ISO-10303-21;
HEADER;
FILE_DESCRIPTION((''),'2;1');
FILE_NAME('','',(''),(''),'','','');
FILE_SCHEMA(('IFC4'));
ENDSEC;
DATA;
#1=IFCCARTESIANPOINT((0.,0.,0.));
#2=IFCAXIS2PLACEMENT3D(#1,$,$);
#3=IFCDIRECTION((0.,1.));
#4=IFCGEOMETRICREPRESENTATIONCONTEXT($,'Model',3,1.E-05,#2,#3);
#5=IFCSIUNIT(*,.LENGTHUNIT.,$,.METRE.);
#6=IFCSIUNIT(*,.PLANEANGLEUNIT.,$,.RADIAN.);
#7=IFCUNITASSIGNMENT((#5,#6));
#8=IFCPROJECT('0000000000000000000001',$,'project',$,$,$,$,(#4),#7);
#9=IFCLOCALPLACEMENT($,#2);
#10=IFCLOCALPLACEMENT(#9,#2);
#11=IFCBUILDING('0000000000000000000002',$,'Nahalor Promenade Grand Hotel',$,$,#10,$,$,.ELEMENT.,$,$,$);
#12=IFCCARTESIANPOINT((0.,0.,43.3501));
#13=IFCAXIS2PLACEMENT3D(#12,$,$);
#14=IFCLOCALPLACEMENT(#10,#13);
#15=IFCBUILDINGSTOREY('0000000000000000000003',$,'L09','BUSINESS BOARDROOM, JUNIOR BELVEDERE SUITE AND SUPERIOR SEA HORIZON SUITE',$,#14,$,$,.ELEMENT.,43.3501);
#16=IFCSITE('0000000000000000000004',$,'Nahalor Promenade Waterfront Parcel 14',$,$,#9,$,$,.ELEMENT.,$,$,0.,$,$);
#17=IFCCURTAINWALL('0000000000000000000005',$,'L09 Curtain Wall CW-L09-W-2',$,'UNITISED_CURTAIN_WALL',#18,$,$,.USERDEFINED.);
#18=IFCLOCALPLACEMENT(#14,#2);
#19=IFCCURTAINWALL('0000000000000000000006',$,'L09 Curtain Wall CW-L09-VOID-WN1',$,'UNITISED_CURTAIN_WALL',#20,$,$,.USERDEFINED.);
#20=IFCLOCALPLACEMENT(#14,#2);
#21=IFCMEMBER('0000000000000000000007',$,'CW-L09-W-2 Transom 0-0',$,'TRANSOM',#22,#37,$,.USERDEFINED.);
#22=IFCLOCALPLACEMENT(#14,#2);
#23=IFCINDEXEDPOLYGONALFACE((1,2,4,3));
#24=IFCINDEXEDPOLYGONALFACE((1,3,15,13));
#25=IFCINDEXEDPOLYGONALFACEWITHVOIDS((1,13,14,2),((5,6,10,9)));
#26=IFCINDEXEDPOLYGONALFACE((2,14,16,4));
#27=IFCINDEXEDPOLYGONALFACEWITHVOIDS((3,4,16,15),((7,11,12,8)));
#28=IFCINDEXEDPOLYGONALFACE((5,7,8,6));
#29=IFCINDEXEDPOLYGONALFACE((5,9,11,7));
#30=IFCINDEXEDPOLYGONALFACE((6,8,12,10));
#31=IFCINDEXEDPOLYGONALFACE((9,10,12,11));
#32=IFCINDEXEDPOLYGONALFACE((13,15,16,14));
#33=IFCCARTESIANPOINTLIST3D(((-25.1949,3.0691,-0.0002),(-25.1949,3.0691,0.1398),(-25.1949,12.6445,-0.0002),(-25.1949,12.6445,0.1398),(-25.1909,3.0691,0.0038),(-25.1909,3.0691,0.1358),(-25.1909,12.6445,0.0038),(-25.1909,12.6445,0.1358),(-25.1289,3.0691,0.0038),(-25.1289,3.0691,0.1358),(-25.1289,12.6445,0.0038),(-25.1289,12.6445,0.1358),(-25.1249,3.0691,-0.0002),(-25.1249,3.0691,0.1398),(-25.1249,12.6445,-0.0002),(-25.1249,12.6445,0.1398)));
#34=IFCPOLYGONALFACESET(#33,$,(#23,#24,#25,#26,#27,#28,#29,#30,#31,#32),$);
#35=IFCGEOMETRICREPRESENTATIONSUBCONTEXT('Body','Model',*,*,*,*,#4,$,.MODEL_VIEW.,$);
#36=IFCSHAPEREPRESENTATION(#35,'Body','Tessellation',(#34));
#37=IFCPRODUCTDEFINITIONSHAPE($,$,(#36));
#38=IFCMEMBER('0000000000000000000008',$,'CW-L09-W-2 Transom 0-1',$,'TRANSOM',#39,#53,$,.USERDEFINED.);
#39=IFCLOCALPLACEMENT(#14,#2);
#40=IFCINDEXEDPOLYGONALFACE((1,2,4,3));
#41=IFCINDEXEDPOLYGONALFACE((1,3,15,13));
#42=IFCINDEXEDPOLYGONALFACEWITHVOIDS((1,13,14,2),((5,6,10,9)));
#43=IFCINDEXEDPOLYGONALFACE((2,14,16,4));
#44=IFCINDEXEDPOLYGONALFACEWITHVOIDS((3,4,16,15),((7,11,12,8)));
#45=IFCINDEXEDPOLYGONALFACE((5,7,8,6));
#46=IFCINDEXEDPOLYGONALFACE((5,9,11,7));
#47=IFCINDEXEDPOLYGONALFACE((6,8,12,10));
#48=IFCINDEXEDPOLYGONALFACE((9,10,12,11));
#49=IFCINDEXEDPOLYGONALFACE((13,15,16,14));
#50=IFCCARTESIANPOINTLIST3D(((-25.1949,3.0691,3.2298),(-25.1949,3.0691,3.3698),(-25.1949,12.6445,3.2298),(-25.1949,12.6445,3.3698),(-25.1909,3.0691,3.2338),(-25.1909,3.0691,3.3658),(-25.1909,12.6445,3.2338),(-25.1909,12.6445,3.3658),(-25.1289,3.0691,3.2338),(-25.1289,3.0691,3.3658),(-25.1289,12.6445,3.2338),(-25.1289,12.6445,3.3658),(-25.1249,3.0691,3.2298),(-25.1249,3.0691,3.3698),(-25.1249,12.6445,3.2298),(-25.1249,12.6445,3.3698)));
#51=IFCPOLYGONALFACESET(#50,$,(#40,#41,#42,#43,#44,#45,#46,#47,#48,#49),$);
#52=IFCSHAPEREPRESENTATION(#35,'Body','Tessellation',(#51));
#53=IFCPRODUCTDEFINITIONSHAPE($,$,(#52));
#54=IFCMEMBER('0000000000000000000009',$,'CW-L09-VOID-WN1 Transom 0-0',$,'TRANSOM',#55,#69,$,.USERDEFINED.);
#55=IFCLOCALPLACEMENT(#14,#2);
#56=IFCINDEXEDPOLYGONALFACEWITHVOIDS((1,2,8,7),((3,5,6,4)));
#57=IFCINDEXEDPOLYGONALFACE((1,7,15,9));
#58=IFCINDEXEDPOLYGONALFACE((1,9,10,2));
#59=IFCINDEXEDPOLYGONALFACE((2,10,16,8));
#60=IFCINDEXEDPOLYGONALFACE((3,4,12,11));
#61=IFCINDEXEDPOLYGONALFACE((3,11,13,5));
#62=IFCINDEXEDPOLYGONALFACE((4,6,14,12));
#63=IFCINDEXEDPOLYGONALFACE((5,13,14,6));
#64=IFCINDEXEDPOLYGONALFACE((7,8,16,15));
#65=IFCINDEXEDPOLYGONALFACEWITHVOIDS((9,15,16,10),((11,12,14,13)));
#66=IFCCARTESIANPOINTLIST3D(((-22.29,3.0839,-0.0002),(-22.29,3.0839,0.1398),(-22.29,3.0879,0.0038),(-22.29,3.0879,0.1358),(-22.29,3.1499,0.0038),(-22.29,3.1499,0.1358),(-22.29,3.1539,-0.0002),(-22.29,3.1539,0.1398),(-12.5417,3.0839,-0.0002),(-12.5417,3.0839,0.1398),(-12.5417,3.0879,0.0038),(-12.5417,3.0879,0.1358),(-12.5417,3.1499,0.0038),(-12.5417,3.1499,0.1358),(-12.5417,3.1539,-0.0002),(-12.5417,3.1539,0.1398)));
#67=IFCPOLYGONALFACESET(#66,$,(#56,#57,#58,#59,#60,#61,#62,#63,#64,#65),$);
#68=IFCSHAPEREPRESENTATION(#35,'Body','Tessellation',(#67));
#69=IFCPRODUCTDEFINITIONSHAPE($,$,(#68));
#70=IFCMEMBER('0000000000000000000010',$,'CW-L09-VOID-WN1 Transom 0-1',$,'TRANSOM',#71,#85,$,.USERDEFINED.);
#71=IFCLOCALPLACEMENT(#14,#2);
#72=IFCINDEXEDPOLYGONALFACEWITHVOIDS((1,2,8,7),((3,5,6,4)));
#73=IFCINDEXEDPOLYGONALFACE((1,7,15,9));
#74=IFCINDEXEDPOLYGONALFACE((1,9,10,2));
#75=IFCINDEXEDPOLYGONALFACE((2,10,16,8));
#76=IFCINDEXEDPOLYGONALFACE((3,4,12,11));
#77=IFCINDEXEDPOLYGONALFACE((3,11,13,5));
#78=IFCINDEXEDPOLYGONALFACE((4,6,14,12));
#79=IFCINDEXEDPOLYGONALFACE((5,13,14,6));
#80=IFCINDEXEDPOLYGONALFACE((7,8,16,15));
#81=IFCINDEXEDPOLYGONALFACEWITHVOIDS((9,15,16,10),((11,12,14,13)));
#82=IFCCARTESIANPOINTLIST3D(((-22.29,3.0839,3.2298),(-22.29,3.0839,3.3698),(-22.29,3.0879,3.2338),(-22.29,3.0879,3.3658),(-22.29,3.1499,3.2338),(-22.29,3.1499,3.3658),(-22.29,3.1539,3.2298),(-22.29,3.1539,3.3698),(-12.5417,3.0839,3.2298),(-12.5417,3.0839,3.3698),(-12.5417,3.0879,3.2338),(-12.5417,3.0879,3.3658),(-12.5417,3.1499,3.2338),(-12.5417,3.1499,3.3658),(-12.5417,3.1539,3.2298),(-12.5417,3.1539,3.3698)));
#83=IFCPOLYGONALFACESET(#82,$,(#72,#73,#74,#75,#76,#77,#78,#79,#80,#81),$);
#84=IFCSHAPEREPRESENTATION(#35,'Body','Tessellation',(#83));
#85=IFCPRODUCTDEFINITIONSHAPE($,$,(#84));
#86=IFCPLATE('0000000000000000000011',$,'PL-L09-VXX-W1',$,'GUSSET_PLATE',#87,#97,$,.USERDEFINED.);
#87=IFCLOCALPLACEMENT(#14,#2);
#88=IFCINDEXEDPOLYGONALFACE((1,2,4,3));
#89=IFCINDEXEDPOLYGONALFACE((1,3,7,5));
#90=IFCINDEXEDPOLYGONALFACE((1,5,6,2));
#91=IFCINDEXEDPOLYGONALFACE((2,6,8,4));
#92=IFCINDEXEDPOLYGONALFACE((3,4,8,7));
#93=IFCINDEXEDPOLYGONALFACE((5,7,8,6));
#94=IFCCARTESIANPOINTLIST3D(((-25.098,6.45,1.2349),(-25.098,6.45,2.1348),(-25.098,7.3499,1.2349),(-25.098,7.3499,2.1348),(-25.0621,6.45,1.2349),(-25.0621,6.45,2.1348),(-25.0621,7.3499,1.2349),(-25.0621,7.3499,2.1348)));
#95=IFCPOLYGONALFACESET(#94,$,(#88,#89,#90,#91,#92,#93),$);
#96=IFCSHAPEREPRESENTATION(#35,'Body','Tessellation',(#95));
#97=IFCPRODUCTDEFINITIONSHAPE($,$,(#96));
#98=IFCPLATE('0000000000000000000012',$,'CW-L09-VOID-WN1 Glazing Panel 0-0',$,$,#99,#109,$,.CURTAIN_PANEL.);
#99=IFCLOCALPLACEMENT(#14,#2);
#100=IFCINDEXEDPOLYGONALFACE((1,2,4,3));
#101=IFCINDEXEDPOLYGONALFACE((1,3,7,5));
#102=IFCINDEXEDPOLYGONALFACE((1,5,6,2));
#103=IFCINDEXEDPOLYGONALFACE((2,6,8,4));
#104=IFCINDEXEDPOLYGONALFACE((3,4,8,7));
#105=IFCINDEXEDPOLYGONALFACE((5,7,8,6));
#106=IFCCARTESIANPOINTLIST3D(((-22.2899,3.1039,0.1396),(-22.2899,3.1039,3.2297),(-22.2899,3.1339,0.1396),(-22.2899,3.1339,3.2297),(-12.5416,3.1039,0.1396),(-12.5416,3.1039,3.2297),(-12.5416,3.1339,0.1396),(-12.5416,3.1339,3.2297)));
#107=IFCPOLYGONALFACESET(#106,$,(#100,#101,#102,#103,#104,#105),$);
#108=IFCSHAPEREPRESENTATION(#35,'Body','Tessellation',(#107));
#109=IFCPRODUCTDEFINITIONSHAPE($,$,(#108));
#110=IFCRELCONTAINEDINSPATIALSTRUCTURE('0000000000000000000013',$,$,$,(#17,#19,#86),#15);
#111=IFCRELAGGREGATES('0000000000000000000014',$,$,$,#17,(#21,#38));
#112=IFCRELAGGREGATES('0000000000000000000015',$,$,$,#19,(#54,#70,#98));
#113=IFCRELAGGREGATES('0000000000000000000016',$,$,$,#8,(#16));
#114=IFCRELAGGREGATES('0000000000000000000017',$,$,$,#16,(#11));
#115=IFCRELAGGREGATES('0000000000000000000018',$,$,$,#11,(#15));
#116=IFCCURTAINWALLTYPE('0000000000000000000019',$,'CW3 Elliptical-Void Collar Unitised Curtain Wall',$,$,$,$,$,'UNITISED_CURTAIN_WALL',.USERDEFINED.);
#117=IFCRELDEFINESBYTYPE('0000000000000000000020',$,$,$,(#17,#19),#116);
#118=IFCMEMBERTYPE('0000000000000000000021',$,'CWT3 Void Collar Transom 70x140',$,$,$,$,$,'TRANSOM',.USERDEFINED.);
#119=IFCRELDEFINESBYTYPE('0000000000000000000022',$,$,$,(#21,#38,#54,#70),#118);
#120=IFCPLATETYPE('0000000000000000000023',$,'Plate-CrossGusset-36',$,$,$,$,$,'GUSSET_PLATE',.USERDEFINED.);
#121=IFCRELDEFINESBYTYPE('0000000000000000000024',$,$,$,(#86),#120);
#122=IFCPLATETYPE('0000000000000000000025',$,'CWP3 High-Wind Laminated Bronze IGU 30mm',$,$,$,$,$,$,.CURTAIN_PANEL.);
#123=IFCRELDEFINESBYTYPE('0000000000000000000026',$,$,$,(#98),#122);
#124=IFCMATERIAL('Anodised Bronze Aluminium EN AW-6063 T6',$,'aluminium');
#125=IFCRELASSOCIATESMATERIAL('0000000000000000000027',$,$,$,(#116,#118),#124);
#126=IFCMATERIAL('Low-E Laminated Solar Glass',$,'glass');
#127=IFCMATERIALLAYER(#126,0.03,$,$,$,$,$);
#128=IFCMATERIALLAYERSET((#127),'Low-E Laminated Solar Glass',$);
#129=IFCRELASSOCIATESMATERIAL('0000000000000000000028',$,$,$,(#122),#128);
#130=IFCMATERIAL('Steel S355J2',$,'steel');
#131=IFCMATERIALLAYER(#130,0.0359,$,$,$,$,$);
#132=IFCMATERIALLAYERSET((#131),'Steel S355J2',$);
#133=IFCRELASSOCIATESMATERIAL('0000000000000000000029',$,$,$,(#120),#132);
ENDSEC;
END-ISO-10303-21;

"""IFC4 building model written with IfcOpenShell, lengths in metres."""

from ifc_helpers import new_model, si_unit, direction, frame, origin, origin_2d, place, context, subcontext, project, spatial, rectangle, hollow_rectangle, extrude, source, transform, mapped, material, layer, layer_set, material_profile, profile_set, type_object, element, aggregate, save


model = new_model("IFC4")

# Units and contexts
model_context = context("Model", 3, precision=1e-05, world=origin(), true_north=direction((0.0, 1.0)))
body_context = subcontext(model_context, "Body", "Model", "MODEL_VIEW")
ifc_project = project(units=[si_unit("LENGTHUNIT", "METRE"), si_unit("PLANEANGLEUNIT", "RADIAN")], contexts=[model_context])

# Site, building, storey
site_placement = place(None, origin())
site = spatial("IfcSite", under=ifc_project, at=site_placement, Name="Nahalor Promenade Waterfront Parcel 14", CompositionType="ELEMENT", RefElevation=0.0)
building_placement = place(site_placement, origin())
building = spatial("IfcBuilding", under=site, at=building_placement, Name="Nahalor Promenade Grand Hotel", CompositionType="ELEMENT")
storey_placement = place(building_placement, frame((0.0, 0.0, 43.3501)))
storey = spatial("IfcBuildingStorey", under=building, at=storey_placement, Name="L09", Description="BUSINESS BOARDROOM, JUNIOR BELVEDERE SUITE AND SUPERIOR SEA HORIZON SUITE", CompositionType="ELEMENT", Elevation=43.3501)

# Shared definitions
ifc_material_1 = material(Name="Steel S355J2", Category="steel")

# Shared definitions
ifc_material_2 = material(Name="Anodised Bronze Aluminium EN AW-6063 T6", Category="aluminium")
curtain_wall_type = type_object("IfcCurtainWallType", Name="CW3 Elliptical-Void Collar Unitised Curtain Wall", ElementType="UNITISED_CURTAIN_WALL", PredefinedType="USERDEFINED", material=ifc_material_2)

# Curtain wall
curtain_wall_1_placement = place(storey_placement, origin())
curtain_wall_1 = element("IfcCurtainWall", 1, at=curtain_wall_1_placement, inside=storey, type_object=curtain_wall_type, Name="L09 Curtain Wall CW-L09-W-2", ObjectType="UNITISED_CURTAIN_WALL", PredefinedType="USERDEFINED")

# Curtain wall
curtain_wall_2_placement = place(storey_placement, origin())
curtain_wall_2 = element("IfcCurtainWall", 2, at=curtain_wall_2_placement, inside=storey, type_object=curtain_wall_type, Name="L09 Curtain Wall CW-L09-VOID-WN1", ObjectType="UNITISED_CURTAIN_WALL", PredefinedType="USERDEFINED")

# Members
ifc_material_profile_1 = material_profile(ifc_material_2, hollow_rectangle(XDim=0.07, YDim=0.14, WallThickness=0.004, at=origin_2d()), Name="CWT 70x140x4")
ifc_profile_set_1 = profile_set([ifc_material_profile_1], Name="Anodised Bronze Aluminium EN AW-6063 T6")
member_type_1 = type_object("IfcMemberType", Name="CWT3 Void Collar Transom 70x140", ElementType="TRANSOM", PredefinedType="USERDEFINED", material=ifc_profile_set_1)
shared_shape_1 = source(origin(), body_context, "Body", "SweptSolid", [
    extrude(hollow_rectangle(XDim=0.07, YDim=0.14, WallThickness=0.004, at=origin_2d()), origin(), (0.0, 0.0, 1.0), 9.5754),
])
member_1_placement = place(storey_placement, frame((-25.1599, 3.0691, 0.0698), z_axis=(0.0, 1.0, 0.0), x_axis=(-1.0, 0.0, 0.0)))
member_1 = element("IfcMember", 3, at=member_1_placement, type_object=member_type_1, Name="CW-L09-W-2 Transom 0-0", ObjectType="TRANSOM", PredefinedType="USERDEFINED", context=body_context, shape_type="MappedRepresentation", body=[
    mapped(shared_shape_1, transform((0.0, 0.0, 0.0), scale=1.0)),
])
member_2_placement = place(storey_placement, frame((-25.1599, 3.0691, 3.2998), z_axis=(0.0, 1.0, 0.0), x_axis=(-1.0, 0.0, 0.0)))
member_2 = element("IfcMember", 4, at=member_2_placement, type_object=member_type_1, Name="CW-L09-W-2 Transom 0-1", ObjectType="TRANSOM", PredefinedType="USERDEFINED", context=body_context, shape_type="MappedRepresentation", body=[
    mapped(shared_shape_1, transform((0.0, 0.0, 0.0), scale=1.0)),
])
shared_shape_2 = source(origin(), body_context, "Body", "SweptSolid", [
    extrude(hollow_rectangle(XDim=0.07, YDim=0.14, WallThickness=0.004, at=origin_2d()), origin(), (0.0, 0.0, 1.0), 9.7483),
])
member_3_placement = place(storey_placement, frame((-22.29, 3.1189, 0.0698), z_axis=(1.0, 0.0, 0.0), x_axis=(0.0, 1.0, 0.0)))
member_3 = element("IfcMember", 5, at=member_3_placement, type_object=member_type_1, Name="CW-L09-VOID-WN1 Transom 0-0", ObjectType="TRANSOM", PredefinedType="USERDEFINED", context=body_context, shape_type="MappedRepresentation", body=[
    mapped(shared_shape_2, transform((0.0, 0.0, 0.0), scale=1.0)),
])
member_4_placement = place(storey_placement, frame((-22.29, 3.1189, 3.2998), z_axis=(1.0, 0.0, 0.0), x_axis=(0.0, 1.0, 0.0)))
member_4 = element("IfcMember", 6, at=member_4_placement, type_object=member_type_1, Name="CW-L09-VOID-WN1 Transom 0-1", ObjectType="TRANSOM", PredefinedType="USERDEFINED", context=body_context, shape_type="MappedRepresentation", body=[
    mapped(shared_shape_2, transform((0.0, 0.0, 0.0), scale=1.0)),
])

# Plates
ifc_material_3 = material(Name="Low-E Laminated Solar Glass", Category="glass")
ifc_layer_1 = layer(ifc_material_3, 0.03)
ifc_layer_set_1 = layer_set([ifc_layer_1], Name="Low-E Laminated Solar Glass")
plate_type_1 = type_object("IfcPlateType", Name="CWP3 High-Wind Laminated Bronze IGU 30mm", PredefinedType="CURTAIN_PANEL", material=ifc_layer_set_1)
aggregate(curtain_wall_1, [member_1, member_2])
ifc_layer_2 = layer(ifc_material_1, 0.0359)
ifc_layer_set_2 = layer_set([ifc_layer_2], Name="Steel S355J2")
plate_type_2 = type_object("IfcPlateType", Name="Plate-CrossGusset-36", ElementType="GUSSET_PLATE", PredefinedType="USERDEFINED", material=ifc_layer_set_2)
shared_shape_3 = source(origin(), body_context, "Body", "SweptSolid", [
    extrude(rectangle(XDim=0.8999, YDim=0.0359, at=origin_2d()), origin(), (0.0, 0.0, 1.0), 0.8999),
])
plate_1_placement = place(storey_placement, frame((-25.0801, 6.8999, 1.2349), z_axis=(0.0, 0.0, 1.0), x_axis=(0.0, 1.0, 0.0)))
element("IfcPlate", 7, at=plate_1_placement, inside=storey, type_object=plate_type_2, Name="PL-L09-VXX-W1", ObjectType="GUSSET_PLATE", PredefinedType="USERDEFINED", context=body_context, shape_type="MappedRepresentation", body=[
    mapped(shared_shape_3, transform((0.0, 0.0, 0.0), scale=1.0)),
])
shared_shape_4 = source(origin(), body_context, "Body", "SweptSolid", [
    extrude(rectangle(XDim=9.7483, YDim=0.03, at=origin_2d()), origin(), (0.0, 0.0, 1.0), 3.0901),
])
plate_2_placement = place(storey_placement, frame((-17.4158, 3.1189, 0.1396), z_axis=(0.0, 0.0, 1.0), x_axis=(1.0, 0.0, 0.0)))
plate_2 = element("IfcPlate", 8, at=plate_2_placement, type_object=plate_type_1, Name="CW-L09-VOID-WN1 Glazing Panel 0-0", PredefinedType="CURTAIN_PANEL", context=body_context, shape_type="MappedRepresentation", body=[
    mapped(shared_shape_4, transform((0.0, 0.0, 0.0), scale=1.0)),
])
aggregate(curtain_wall_2, [member_3, member_4, plate_2])

save(model, "model.ifc")
